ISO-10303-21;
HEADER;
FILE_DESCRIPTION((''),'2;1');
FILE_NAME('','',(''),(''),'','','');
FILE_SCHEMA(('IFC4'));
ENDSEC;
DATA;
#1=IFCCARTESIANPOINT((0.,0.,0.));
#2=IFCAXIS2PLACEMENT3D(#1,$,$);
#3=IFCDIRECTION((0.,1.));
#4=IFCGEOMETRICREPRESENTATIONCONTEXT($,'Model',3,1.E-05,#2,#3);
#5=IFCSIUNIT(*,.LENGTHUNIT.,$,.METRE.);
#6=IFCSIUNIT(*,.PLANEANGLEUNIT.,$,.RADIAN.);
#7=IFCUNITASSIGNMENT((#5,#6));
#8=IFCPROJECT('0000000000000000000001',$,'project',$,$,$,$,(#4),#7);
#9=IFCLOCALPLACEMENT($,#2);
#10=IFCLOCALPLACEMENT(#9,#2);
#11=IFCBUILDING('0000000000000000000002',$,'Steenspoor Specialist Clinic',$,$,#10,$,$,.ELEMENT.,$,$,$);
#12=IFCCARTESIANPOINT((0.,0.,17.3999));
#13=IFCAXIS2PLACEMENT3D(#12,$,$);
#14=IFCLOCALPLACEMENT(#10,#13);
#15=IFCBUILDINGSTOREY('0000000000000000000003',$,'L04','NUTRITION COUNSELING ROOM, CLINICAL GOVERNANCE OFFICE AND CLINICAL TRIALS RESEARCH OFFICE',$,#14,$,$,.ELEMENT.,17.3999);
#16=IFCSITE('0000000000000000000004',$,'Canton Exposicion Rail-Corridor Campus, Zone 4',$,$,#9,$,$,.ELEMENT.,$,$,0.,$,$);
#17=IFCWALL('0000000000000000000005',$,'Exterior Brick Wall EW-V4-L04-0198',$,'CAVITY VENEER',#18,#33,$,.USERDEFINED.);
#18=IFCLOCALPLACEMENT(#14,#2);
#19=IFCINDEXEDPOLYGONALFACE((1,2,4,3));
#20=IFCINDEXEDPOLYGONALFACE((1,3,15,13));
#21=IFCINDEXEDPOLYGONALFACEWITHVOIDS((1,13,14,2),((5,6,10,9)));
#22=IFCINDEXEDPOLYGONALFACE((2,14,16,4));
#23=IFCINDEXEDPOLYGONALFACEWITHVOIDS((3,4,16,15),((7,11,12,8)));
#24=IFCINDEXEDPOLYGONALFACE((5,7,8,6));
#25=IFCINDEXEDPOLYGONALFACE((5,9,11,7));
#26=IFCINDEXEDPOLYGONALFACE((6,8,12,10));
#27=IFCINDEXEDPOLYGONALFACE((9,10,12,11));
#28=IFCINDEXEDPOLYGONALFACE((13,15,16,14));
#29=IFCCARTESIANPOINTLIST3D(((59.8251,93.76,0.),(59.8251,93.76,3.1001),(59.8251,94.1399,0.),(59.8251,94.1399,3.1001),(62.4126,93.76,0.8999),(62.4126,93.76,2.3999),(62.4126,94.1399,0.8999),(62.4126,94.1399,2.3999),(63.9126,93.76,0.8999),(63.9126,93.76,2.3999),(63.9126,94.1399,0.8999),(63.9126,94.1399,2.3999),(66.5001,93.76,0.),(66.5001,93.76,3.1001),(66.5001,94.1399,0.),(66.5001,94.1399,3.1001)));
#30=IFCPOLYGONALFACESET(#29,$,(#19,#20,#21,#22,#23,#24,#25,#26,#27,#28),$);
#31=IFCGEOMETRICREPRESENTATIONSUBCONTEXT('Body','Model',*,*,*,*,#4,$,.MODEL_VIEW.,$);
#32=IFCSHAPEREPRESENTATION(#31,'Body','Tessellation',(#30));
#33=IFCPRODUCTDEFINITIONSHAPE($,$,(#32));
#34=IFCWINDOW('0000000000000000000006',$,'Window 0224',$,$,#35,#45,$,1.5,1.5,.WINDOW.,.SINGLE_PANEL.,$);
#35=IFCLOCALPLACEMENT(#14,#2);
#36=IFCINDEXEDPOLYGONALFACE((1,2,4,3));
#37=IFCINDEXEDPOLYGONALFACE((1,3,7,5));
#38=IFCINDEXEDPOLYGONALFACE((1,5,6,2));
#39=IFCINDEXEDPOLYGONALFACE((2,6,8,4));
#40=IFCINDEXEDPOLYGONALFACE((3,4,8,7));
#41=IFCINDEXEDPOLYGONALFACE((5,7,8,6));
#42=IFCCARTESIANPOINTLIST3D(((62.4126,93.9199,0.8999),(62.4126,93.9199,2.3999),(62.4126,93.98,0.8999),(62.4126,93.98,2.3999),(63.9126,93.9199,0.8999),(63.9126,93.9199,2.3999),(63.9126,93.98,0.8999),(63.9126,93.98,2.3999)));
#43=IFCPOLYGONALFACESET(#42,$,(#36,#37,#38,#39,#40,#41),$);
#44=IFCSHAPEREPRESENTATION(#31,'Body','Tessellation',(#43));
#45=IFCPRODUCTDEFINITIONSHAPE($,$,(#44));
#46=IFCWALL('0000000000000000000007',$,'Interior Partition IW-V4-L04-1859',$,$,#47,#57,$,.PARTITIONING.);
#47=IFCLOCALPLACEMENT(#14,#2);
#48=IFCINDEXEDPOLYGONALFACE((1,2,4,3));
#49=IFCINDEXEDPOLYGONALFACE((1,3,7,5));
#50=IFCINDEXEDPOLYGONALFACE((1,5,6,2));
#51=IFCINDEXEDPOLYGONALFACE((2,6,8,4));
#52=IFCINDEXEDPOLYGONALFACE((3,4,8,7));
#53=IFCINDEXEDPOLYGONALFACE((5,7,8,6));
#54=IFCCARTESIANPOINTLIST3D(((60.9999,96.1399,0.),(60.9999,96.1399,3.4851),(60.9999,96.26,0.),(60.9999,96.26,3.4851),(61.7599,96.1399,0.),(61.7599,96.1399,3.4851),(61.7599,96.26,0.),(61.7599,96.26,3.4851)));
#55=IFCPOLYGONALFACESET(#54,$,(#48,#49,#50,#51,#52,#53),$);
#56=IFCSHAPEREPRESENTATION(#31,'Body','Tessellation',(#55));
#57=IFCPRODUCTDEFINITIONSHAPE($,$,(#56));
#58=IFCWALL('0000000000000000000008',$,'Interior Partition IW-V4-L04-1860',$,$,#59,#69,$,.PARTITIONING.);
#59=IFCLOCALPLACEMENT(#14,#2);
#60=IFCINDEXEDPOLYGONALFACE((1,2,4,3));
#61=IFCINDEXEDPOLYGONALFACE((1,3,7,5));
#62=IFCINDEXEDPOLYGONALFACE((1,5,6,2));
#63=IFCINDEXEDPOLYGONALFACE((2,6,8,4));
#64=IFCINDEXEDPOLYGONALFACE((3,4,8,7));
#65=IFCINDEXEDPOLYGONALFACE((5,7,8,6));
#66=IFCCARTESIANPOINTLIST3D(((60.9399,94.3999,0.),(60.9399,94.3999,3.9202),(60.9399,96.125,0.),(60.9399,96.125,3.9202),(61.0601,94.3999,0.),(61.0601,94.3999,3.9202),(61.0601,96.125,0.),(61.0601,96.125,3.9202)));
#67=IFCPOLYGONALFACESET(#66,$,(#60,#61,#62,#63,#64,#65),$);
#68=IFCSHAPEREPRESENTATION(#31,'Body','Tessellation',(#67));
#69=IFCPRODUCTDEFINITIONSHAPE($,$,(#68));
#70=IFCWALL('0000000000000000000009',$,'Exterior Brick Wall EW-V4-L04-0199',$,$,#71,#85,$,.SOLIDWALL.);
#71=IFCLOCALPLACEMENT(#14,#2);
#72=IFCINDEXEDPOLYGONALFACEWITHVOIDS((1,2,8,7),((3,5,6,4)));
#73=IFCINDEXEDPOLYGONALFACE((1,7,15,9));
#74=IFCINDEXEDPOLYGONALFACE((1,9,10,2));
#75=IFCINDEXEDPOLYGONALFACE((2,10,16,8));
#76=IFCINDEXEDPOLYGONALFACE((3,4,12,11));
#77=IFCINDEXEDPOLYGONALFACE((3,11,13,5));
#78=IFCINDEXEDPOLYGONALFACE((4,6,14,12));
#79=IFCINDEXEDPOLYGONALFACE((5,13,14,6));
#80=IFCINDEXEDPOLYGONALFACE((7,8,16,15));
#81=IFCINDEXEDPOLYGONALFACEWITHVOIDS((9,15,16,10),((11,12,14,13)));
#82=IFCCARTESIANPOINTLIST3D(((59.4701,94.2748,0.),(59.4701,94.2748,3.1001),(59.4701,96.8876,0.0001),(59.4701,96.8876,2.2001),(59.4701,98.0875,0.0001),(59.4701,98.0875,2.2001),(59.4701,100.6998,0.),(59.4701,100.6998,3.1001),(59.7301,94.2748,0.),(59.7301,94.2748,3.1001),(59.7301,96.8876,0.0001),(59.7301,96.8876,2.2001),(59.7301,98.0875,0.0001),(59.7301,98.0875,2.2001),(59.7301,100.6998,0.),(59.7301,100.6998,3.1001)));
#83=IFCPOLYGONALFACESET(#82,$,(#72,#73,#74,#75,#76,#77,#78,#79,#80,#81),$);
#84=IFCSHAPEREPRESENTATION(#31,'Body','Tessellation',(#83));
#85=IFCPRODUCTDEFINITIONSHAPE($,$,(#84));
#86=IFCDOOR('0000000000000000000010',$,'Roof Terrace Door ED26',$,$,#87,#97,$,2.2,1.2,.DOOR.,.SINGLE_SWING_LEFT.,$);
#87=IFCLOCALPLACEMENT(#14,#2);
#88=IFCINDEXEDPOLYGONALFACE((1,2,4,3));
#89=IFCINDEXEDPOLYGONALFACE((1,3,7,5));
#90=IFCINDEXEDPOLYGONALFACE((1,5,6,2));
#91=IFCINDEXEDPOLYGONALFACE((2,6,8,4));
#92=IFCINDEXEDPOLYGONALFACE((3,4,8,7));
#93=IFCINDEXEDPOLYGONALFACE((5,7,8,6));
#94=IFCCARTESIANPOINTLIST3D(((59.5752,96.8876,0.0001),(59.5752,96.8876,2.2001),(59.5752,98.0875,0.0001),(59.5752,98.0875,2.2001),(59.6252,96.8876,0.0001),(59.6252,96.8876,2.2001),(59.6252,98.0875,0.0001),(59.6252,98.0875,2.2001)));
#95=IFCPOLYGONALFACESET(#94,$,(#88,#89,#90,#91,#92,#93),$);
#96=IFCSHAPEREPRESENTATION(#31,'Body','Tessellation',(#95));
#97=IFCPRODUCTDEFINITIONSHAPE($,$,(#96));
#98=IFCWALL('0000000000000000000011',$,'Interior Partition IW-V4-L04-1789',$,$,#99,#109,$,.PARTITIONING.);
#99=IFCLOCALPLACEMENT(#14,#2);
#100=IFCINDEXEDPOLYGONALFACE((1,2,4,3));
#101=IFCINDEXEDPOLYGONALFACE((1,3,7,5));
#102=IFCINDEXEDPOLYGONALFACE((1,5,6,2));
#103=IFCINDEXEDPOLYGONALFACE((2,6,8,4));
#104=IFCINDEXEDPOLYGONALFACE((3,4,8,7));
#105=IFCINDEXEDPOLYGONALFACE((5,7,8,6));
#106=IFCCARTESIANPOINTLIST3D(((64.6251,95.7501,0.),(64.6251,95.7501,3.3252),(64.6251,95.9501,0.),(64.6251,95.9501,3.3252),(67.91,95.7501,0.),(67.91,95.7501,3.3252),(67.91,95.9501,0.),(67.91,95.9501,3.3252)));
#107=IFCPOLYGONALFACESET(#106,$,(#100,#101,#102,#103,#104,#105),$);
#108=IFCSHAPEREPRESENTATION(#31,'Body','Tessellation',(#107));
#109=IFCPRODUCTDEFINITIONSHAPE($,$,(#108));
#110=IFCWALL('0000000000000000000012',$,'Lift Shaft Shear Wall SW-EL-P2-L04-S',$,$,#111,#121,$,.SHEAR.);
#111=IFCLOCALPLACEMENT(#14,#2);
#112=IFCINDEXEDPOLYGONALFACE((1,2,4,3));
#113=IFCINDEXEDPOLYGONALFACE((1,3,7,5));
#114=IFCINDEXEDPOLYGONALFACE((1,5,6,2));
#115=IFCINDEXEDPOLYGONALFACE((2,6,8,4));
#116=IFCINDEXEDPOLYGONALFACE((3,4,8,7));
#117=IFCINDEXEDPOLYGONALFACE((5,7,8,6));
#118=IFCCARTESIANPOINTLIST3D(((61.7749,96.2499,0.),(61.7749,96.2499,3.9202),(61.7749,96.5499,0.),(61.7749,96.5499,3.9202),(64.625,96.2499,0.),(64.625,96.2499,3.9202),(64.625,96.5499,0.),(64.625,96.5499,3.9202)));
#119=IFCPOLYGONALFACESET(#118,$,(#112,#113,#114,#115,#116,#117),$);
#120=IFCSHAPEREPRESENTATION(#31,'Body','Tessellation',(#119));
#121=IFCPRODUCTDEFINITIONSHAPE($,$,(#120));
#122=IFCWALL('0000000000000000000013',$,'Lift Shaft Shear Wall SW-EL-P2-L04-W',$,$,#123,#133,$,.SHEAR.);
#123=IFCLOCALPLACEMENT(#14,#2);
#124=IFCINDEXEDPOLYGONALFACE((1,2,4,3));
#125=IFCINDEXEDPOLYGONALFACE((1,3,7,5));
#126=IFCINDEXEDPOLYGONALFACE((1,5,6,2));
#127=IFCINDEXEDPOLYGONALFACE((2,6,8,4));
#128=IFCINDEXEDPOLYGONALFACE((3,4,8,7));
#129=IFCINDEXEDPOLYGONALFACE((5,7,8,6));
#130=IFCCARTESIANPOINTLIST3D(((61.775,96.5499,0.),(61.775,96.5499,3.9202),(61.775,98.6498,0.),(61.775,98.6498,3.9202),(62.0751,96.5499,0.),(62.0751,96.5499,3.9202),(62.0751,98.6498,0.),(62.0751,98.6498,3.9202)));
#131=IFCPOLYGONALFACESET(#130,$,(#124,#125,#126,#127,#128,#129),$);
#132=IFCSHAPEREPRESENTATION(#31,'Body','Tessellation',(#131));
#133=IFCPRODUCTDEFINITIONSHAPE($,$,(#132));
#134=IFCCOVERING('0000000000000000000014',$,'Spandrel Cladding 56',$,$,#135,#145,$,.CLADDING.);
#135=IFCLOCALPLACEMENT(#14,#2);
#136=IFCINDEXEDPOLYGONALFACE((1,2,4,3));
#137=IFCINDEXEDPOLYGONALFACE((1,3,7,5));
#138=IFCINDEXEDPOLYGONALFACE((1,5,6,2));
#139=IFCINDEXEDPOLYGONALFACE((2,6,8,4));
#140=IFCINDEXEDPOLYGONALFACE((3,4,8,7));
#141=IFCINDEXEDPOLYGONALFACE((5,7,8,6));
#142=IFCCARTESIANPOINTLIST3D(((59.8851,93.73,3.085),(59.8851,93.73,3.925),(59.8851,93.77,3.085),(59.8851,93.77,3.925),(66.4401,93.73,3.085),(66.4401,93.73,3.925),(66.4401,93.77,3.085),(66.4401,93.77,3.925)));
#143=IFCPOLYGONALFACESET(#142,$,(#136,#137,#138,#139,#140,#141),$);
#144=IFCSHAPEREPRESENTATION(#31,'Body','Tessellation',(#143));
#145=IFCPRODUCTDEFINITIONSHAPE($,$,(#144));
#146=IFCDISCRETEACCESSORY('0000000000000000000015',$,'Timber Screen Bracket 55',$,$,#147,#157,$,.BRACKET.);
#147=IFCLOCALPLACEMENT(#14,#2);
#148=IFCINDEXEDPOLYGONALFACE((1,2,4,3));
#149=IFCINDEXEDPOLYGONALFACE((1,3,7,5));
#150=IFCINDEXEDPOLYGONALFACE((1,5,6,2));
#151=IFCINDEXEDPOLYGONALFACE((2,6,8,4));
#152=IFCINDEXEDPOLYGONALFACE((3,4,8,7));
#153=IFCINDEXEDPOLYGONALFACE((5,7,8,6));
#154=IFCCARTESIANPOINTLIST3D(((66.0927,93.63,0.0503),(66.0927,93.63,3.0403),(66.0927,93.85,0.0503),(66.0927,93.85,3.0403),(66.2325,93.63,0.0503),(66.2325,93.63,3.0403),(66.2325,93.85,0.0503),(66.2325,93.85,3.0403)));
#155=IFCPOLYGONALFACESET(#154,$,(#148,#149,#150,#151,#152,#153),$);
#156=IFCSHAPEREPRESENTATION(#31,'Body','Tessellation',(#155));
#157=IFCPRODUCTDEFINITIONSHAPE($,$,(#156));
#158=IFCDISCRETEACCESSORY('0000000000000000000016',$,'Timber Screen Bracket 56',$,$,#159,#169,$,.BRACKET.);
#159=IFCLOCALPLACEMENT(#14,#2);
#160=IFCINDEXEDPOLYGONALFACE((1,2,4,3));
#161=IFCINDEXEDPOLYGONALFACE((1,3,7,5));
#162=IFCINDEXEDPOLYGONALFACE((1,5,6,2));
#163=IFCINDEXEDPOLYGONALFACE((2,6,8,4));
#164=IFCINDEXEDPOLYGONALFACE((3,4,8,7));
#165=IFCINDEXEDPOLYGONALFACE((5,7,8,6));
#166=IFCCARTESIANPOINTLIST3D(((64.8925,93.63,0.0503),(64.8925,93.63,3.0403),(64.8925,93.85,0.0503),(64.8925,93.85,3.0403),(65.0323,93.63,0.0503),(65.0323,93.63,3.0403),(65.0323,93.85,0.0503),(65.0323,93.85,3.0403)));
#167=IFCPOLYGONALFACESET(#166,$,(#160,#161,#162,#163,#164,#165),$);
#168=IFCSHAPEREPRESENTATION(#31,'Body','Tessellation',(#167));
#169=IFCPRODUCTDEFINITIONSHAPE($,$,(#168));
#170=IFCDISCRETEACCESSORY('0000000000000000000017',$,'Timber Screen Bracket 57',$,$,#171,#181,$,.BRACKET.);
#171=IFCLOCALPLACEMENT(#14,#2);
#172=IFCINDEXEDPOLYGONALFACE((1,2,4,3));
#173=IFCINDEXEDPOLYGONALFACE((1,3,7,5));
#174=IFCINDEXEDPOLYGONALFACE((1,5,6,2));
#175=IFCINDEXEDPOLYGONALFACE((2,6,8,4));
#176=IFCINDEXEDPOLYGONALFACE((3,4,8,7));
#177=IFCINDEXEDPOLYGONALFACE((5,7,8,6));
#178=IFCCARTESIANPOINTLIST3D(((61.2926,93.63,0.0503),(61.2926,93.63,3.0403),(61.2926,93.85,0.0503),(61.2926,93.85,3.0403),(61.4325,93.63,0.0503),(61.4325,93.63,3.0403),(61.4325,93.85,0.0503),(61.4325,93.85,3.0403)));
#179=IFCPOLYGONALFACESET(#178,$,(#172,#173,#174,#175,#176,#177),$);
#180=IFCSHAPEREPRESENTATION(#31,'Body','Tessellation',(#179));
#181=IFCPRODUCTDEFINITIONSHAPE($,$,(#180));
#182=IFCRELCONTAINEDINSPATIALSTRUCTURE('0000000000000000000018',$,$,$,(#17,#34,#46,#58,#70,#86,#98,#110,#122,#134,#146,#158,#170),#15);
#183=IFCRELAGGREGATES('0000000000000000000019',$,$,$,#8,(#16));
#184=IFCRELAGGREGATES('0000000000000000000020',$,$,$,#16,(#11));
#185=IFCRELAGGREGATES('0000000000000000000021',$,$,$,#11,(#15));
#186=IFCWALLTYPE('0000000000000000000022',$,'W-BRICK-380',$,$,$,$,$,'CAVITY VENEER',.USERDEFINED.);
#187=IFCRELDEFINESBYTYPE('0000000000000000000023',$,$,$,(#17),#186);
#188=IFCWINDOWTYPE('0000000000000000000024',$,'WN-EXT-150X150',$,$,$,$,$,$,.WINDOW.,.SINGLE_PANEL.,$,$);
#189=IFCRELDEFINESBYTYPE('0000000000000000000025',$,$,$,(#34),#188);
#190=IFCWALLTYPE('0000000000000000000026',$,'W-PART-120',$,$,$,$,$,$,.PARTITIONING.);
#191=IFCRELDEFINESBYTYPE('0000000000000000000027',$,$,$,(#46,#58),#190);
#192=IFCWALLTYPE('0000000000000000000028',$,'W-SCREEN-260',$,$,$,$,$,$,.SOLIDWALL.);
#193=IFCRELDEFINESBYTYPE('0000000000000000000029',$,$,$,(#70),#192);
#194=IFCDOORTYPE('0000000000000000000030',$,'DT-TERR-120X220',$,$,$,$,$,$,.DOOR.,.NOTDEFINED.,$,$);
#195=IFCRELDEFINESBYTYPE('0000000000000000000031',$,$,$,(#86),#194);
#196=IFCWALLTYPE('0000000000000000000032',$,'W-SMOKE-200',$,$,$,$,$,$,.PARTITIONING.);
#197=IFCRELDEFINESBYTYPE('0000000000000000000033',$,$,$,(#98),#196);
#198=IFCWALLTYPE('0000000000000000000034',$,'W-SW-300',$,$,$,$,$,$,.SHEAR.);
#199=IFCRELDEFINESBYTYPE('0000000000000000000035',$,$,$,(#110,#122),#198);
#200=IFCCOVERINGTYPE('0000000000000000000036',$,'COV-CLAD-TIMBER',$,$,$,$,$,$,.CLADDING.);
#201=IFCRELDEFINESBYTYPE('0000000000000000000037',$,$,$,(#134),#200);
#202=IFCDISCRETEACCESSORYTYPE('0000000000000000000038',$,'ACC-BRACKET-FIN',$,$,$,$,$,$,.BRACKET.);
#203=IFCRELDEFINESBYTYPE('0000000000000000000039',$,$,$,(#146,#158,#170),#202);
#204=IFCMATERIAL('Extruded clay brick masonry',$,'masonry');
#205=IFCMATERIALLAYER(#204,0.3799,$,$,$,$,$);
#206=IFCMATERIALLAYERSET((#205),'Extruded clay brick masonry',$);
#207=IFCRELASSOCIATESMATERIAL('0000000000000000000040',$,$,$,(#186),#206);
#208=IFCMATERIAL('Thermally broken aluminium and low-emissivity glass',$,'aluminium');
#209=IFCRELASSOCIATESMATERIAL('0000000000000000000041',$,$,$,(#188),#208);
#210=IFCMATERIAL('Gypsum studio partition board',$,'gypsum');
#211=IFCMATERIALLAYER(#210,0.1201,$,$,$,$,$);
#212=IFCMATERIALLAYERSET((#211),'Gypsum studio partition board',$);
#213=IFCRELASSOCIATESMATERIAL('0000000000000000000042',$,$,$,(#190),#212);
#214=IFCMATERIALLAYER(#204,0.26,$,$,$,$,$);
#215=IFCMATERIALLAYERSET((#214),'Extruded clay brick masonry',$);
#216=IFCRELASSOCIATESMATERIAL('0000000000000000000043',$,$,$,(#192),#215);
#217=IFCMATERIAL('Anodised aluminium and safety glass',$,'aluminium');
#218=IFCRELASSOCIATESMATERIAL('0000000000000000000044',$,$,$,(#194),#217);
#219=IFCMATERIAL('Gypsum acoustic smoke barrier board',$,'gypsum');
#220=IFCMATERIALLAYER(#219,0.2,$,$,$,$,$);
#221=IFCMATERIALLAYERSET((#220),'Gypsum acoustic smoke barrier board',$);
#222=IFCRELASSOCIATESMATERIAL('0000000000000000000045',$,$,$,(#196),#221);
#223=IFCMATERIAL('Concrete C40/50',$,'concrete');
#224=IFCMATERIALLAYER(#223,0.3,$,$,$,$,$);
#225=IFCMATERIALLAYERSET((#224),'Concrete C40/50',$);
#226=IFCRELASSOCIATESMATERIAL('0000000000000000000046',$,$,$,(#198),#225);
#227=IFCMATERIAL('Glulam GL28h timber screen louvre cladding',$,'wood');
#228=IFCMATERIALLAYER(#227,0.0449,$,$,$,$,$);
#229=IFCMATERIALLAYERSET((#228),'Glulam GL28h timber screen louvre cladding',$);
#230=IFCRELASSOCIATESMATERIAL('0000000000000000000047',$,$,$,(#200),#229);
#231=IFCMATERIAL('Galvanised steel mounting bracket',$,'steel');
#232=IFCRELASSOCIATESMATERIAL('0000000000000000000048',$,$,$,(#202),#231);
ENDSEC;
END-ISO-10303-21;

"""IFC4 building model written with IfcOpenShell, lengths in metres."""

from ifc_helpers import new_model, si_unit, direction, frame, frame_2d, origin, origin_2d, place, context, subcontext, project, spatial, rectangle, extrude, material, layer, layer_set, type_object, element, fill, save


model = new_model("IFC4")

# Units and contexts
model_context = context("Model", 3, precision=1e-05, world=origin(), true_north=direction((0.0, 1.0)))
body_context = subcontext(model_context, "Body", "Model", "MODEL_VIEW")
ifc_project = project(units=[si_unit("LENGTHUNIT", "METRE"), si_unit("PLANEANGLEUNIT", "RADIAN")], contexts=[model_context])

# Site, building, storey
site_placement = place(None, origin())
site = spatial("IfcSite", under=ifc_project, at=site_placement, Name="Canton Exposicion Rail-Corridor Campus, Zone 4", CompositionType="ELEMENT", RefElevation=0.0)
building_placement = place(site_placement, origin())
building = spatial("IfcBuilding", under=site, at=building_placement, Name="Steenspoor Specialist Clinic", CompositionType="ELEMENT")
storey_placement = place(building_placement, frame((0.0, 0.0, 17.3999)))
storey = spatial("IfcBuildingStorey", under=building, at=storey_placement, Name="L04", Description="NUTRITION COUNSELING ROOM, CLINICAL GOVERNANCE OFFICE AND CLINICAL TRIALS RESEARCH OFFICE", CompositionType="ELEMENT", Elevation=17.3999)

# Shared definitions
ifc_material_1 = material(Name="Concrete C40/50", Category="concrete")

# Wall, opening, window
ifc_material_2 = material(Name="Extruded clay brick masonry", Category="masonry")
ifc_layer_1 = layer(ifc_material_2, 0.3799)
ifc_layer_set_1 = layer_set([ifc_layer_1], Name="Extruded clay brick masonry")
wall_type_1 = type_object("IfcWallType", Name="W-BRICK-380", ElementType="CAVITY VENEER", PredefinedType="USERDEFINED", material=ifc_layer_set_1)
wall_1_placement = place(storey_placement, frame((66.5, 93.95, 0.0), z_axis=(0.0, 0.0, 1.0), x_axis=(-1.0, 0.0, 0.0)))
wall_1 = element("IfcWall", 1, at=wall_1_placement, inside=storey, type_object=wall_type_1, Name="Exterior Brick Wall EW-V4-L04-0198", ObjectType="CAVITY VENEER", PredefinedType="USERDEFINED", context=body_context, shape_type="SweptSolid", body=[
    extrude(rectangle(XDim=6.675, YDim=0.3799, at=frame_2d((3.3374, 0.0))), origin(), (0.0, 0.0, 1.0), 3.1001),
])
opening_1_placement = place(wall_1_placement, frame((2.5874, 0.0, 0.8999)))
opening_1 = element("IfcOpeningElement", 2, at=opening_1_placement, cuts=wall_1, PredefinedType="OPENING", context=body_context, shape_type="SweptSolid", body=[
    extrude(rectangle(XDim=1.5, YDim=1.5, at=frame_2d((0.75, 0.75))), frame((0.0, 0.2, 0.0), z_axis=(0.0, -1.0, 0.0), x_axis=(1.0, 0.0, 0.0)), (0.0, 0.0, 1.0), 0.3999),
])
ifc_material_3 = material(Name="Thermally broken aluminium and low-emissivity glass", Category="aluminium")
window_type = type_object("IfcWindowType", Name="WN-EXT-150X150", PartitioningType="SINGLE_PANEL", PredefinedType="WINDOW", material=ifc_material_3)
window_placement = place(opening_1_placement, origin())
window = element("IfcWindow", 3, at=window_placement, inside=storey, type_object=window_type, Name="Window 0224", OverallHeight=1.5, OverallWidth=1.5, PartitioningType="SINGLE_PANEL", PredefinedType="WINDOW", context=body_context, shape_type="SweptSolid", body=[
    extrude(rectangle(XDim=1.5, YDim=1.5, at=frame_2d((0.75, 0.75))), frame((0.0, 0.03, 0.0), z_axis=(0.0, -1.0, 0.0), x_axis=(1.0, 0.0, 0.0)), (0.0, 0.0, 1.0), 0.0601),
])
fill(opening_1, window)

# Walls
ifc_material_4 = material(Name="Gypsum studio partition board", Category="gypsum")
ifc_layer_2 = layer(ifc_material_4, 0.1201)
ifc_layer_set_2 = layer_set([ifc_layer_2], Name="Gypsum studio partition board")
wall_type_2 = type_object("IfcWallType", Name="W-PART-120", PredefinedType="PARTITIONING", material=ifc_layer_set_2)
wall_2_placement = place(storey_placement, frame((61.0, 96.2, 0.0), z_axis=(0.0, 0.0, 1.0), x_axis=(1.0, 0.0, 0.0)))
element("IfcWall", 4, at=wall_2_placement, inside=storey, type_object=wall_type_2, Name="Interior Partition IW-V4-L04-1859", PredefinedType="PARTITIONING", context=body_context, shape_type="SweptSolid", body=[
    extrude(rectangle(XDim=0.76, YDim=0.1201, at=frame_2d((0.3799, 0.0))), origin(), (0.0, 0.0, 1.0), 3.4851),
])
wall_3_placement = place(storey_placement, frame((61.0, 94.3999, 0.0), z_axis=(0.0, 0.0, 1.0), x_axis=(0.0, 1.0, 0.0)))
element("IfcWall", 5, at=wall_3_placement, inside=storey, type_object=wall_type_2, Name="Interior Partition IW-V4-L04-1860", PredefinedType="PARTITIONING", context=body_context, shape_type="SweptSolid", body=[
    extrude(rectangle(XDim=1.7251, YDim=0.1201, at=frame_2d((0.8625, 0.0))), origin(), (0.0, 0.0, 1.0), 3.9202),
])

# Wall, opening, door
ifc_layer_3 = layer(ifc_material_2, 0.26)
ifc_layer_set_3 = layer_set([ifc_layer_3], Name="Extruded clay brick masonry")
wall_type_3 = type_object("IfcWallType", Name="W-SCREEN-260", PredefinedType="SOLIDWALL", material=ifc_layer_set_3)
wall_4_placement = place(storey_placement, frame((59.6001, 94.2749, 0.0), z_axis=(0.0, 0.0, 1.0), x_axis=(0.0, 1.0, 0.0)))
wall_4 = element("IfcWall", 6, at=wall_4_placement, inside=storey, type_object=wall_type_3, Name="Exterior Brick Wall EW-V4-L04-0199", PredefinedType="SOLIDWALL", context=body_context, shape_type="SweptSolid", body=[
    extrude(rectangle(XDim=6.425, YDim=0.26, at=frame_2d((3.2124, 0.0))), origin(), (0.0, 0.0, 1.0), 3.1001),
])
opening_2_placement = place(wall_4_placement, frame((2.6125, 0.0, 0.0)))
opening_2 = element("IfcOpeningElement", 7, at=opening_2_placement, cuts=wall_4, PredefinedType="OPENING", context=body_context, shape_type="SweptSolid", body=[
    extrude(rectangle(XDim=1.2, YDim=2.2, at=frame_2d((0.6001, 1.1001))), frame((0.0, 0.1401, 0.0), z_axis=(0.0, -1.0, 0.0), x_axis=(1.0, 0.0, 0.0)), (0.0, 0.0, 1.0), 0.28),
])
ifc_material_5 = material(Name="Anodised aluminium and safety glass", Category="aluminium")
door_type_1 = type_object("IfcDoorType", Name="DT-TERR-120X220", OperationType="NOTDEFINED", PredefinedType="DOOR", material=ifc_material_5)
door_1_placement = place(opening_2_placement, origin())
door_1 = element("IfcDoor", 8, at=door_1_placement, inside=storey, type_object=door_type_1, Name="Roof Terrace Door ED26", OperationType="SINGLE_SWING_LEFT", OverallHeight=2.2, OverallWidth=1.2, PredefinedType="DOOR", context=body_context, shape_type="SweptSolid", body=[
    extrude(rectangle(XDim=1.2, YDim=2.2, at=frame_2d((0.6001, 1.1001))), frame((0.0, 0.0249, 0.0), z_axis=(0.0, -1.0, 0.0), x_axis=(1.0, 0.0, 0.0)), (0.0, 0.0, 1.0), 0.05),
])
fill(opening_2, door_1)

# Walls
ifc_material_6 = material(Name="Gypsum acoustic smoke barrier board", Category="gypsum")
ifc_layer_4 = layer(ifc_material_6, 0.2)
ifc_layer_set_4 = layer_set([ifc_layer_4], Name="Gypsum acoustic smoke barrier board")
wall_type_4 = type_object("IfcWallType", Name="W-SMOKE-200", PredefinedType="PARTITIONING", material=ifc_layer_set_4)
wall_5_placement = place(storey_placement, frame((64.625, 95.8501, 0.0), z_axis=(0.0, 0.0, 1.0), x_axis=(1.0, 0.0, 0.0)))
element("IfcWall", 9, at=wall_5_placement, inside=storey, type_object=wall_type_4, Name="Interior Partition IW-V4-L04-1789", PredefinedType="PARTITIONING", context=body_context, shape_type="SweptSolid", body=[
    extrude(rectangle(XDim=3.2849, YDim=0.2, at=frame_2d((1.6426, 0.0))), origin(), (0.0, 0.0, 1.0), 3.3252),
])
ifc_layer_5 = layer(ifc_material_1, 0.3)
ifc_layer_set_5 = layer_set([ifc_layer_5], Name="Concrete C40/50")
wall_type_5 = type_object("IfcWallType", Name="W-SW-300", PredefinedType="SHEAR", material=ifc_layer_set_5)
wall_6_placement = place(storey_placement, frame((61.7749, 96.3999, 0.0), z_axis=(0.0, 0.0, 1.0), x_axis=(1.0, 0.0, 0.0)))
element("IfcWall", 10, at=wall_6_placement, inside=storey, type_object=wall_type_5, Name="Lift Shaft Shear Wall SW-EL-P2-L04-S", PredefinedType="SHEAR", context=body_context, shape_type="SweptSolid", body=[
    extrude(rectangle(XDim=2.8501, YDim=0.3, at=frame_2d((1.425, 0.0))), origin(), (0.0, 0.0, 1.0), 3.9202),
])
wall_7_placement = place(storey_placement, frame((61.925, 96.55, 0.0), z_axis=(0.0, 0.0, 1.0), x_axis=(0.0, 1.0, 0.0)))
element("IfcWall", 11, at=wall_7_placement, inside=storey, type_object=wall_type_5, Name="Lift Shaft Shear Wall SW-EL-P2-L04-W", PredefinedType="SHEAR", context=body_context, shape_type="SweptSolid", body=[
    extrude(rectangle(XDim=2.0999, YDim=0.3, at=frame_2d((1.0498, 0.0))), origin(), (0.0, 0.0, 1.0), 3.9202),
])

# Covering
ifc_material_7 = material(Name="Glulam GL28h timber screen louvre cladding", Category="wood")
ifc_layer_6 = layer(ifc_material_7, 0.0449)
ifc_layer_set_6 = layer_set([ifc_layer_6], Name="Glulam GL28h timber screen louvre cladding")
covering_type = type_object("IfcCoveringType", Name="COV-CLAD-TIMBER", PredefinedType="CLADDING", material=ifc_layer_set_6)
covering_placement = place(storey_placement, frame((63.1626, 93.75, 3.085), z_axis=(0.0, 0.0, 1.0), x_axis=(-1.0, 0.0, 0.0)))
element("IfcCovering", 12, at=covering_placement, inside=storey, type_object=covering_type, Name="Spandrel Cladding 56", PredefinedType="CLADDING", context=body_context, shape_type="SweptSolid", body=[
    extrude(rectangle(XDim=6.5549, YDim=0.04, at=origin_2d()), origin(), (0.0, 0.0, 1.0), 0.8401),
])

# Discrete accessories
ifc_material_8 = material(Name="Galvanised steel mounting bracket", Category="steel")
discrete_accessory_type = type_object("IfcDiscreteAccessoryType", Name="ACC-BRACKET-FIN", PredefinedType="BRACKET", material=ifc_material_8)
for number, where, z_axis, x_axis, name in (
    (13, (66.1626, 93.74, 0.0503), (0.0, 0.0, 1.0), (0.0, -1.0, 0.0), "Timber Screen Bracket 55"),
    (14, (64.9624, 93.74, 0.0503), (0.0, 0.0, 1.0), (0.0, -1.0, 0.0), "Timber Screen Bracket 56"),
    (15, (61.3625, 93.74, 0.0503), (0.0, 0.0, 1.0), (0.0, -1.0, 0.0), "Timber Screen Bracket 57"),
):
    element("IfcDiscreteAccessory", number, at=place(storey_placement, frame(where, z_axis=z_axis, x_axis=x_axis)), inside=storey, type_object=discrete_accessory_type, Name=name, PredefinedType="BRACKET", context=body_context, shape_type="SweptSolid", body=[
        extrude(rectangle(XDim=0.22, YDim=0.1399, at=origin_2d()), origin(), (0.0, 0.0, 1.0), 2.99),
    ])

save(model, "model.ifc")
